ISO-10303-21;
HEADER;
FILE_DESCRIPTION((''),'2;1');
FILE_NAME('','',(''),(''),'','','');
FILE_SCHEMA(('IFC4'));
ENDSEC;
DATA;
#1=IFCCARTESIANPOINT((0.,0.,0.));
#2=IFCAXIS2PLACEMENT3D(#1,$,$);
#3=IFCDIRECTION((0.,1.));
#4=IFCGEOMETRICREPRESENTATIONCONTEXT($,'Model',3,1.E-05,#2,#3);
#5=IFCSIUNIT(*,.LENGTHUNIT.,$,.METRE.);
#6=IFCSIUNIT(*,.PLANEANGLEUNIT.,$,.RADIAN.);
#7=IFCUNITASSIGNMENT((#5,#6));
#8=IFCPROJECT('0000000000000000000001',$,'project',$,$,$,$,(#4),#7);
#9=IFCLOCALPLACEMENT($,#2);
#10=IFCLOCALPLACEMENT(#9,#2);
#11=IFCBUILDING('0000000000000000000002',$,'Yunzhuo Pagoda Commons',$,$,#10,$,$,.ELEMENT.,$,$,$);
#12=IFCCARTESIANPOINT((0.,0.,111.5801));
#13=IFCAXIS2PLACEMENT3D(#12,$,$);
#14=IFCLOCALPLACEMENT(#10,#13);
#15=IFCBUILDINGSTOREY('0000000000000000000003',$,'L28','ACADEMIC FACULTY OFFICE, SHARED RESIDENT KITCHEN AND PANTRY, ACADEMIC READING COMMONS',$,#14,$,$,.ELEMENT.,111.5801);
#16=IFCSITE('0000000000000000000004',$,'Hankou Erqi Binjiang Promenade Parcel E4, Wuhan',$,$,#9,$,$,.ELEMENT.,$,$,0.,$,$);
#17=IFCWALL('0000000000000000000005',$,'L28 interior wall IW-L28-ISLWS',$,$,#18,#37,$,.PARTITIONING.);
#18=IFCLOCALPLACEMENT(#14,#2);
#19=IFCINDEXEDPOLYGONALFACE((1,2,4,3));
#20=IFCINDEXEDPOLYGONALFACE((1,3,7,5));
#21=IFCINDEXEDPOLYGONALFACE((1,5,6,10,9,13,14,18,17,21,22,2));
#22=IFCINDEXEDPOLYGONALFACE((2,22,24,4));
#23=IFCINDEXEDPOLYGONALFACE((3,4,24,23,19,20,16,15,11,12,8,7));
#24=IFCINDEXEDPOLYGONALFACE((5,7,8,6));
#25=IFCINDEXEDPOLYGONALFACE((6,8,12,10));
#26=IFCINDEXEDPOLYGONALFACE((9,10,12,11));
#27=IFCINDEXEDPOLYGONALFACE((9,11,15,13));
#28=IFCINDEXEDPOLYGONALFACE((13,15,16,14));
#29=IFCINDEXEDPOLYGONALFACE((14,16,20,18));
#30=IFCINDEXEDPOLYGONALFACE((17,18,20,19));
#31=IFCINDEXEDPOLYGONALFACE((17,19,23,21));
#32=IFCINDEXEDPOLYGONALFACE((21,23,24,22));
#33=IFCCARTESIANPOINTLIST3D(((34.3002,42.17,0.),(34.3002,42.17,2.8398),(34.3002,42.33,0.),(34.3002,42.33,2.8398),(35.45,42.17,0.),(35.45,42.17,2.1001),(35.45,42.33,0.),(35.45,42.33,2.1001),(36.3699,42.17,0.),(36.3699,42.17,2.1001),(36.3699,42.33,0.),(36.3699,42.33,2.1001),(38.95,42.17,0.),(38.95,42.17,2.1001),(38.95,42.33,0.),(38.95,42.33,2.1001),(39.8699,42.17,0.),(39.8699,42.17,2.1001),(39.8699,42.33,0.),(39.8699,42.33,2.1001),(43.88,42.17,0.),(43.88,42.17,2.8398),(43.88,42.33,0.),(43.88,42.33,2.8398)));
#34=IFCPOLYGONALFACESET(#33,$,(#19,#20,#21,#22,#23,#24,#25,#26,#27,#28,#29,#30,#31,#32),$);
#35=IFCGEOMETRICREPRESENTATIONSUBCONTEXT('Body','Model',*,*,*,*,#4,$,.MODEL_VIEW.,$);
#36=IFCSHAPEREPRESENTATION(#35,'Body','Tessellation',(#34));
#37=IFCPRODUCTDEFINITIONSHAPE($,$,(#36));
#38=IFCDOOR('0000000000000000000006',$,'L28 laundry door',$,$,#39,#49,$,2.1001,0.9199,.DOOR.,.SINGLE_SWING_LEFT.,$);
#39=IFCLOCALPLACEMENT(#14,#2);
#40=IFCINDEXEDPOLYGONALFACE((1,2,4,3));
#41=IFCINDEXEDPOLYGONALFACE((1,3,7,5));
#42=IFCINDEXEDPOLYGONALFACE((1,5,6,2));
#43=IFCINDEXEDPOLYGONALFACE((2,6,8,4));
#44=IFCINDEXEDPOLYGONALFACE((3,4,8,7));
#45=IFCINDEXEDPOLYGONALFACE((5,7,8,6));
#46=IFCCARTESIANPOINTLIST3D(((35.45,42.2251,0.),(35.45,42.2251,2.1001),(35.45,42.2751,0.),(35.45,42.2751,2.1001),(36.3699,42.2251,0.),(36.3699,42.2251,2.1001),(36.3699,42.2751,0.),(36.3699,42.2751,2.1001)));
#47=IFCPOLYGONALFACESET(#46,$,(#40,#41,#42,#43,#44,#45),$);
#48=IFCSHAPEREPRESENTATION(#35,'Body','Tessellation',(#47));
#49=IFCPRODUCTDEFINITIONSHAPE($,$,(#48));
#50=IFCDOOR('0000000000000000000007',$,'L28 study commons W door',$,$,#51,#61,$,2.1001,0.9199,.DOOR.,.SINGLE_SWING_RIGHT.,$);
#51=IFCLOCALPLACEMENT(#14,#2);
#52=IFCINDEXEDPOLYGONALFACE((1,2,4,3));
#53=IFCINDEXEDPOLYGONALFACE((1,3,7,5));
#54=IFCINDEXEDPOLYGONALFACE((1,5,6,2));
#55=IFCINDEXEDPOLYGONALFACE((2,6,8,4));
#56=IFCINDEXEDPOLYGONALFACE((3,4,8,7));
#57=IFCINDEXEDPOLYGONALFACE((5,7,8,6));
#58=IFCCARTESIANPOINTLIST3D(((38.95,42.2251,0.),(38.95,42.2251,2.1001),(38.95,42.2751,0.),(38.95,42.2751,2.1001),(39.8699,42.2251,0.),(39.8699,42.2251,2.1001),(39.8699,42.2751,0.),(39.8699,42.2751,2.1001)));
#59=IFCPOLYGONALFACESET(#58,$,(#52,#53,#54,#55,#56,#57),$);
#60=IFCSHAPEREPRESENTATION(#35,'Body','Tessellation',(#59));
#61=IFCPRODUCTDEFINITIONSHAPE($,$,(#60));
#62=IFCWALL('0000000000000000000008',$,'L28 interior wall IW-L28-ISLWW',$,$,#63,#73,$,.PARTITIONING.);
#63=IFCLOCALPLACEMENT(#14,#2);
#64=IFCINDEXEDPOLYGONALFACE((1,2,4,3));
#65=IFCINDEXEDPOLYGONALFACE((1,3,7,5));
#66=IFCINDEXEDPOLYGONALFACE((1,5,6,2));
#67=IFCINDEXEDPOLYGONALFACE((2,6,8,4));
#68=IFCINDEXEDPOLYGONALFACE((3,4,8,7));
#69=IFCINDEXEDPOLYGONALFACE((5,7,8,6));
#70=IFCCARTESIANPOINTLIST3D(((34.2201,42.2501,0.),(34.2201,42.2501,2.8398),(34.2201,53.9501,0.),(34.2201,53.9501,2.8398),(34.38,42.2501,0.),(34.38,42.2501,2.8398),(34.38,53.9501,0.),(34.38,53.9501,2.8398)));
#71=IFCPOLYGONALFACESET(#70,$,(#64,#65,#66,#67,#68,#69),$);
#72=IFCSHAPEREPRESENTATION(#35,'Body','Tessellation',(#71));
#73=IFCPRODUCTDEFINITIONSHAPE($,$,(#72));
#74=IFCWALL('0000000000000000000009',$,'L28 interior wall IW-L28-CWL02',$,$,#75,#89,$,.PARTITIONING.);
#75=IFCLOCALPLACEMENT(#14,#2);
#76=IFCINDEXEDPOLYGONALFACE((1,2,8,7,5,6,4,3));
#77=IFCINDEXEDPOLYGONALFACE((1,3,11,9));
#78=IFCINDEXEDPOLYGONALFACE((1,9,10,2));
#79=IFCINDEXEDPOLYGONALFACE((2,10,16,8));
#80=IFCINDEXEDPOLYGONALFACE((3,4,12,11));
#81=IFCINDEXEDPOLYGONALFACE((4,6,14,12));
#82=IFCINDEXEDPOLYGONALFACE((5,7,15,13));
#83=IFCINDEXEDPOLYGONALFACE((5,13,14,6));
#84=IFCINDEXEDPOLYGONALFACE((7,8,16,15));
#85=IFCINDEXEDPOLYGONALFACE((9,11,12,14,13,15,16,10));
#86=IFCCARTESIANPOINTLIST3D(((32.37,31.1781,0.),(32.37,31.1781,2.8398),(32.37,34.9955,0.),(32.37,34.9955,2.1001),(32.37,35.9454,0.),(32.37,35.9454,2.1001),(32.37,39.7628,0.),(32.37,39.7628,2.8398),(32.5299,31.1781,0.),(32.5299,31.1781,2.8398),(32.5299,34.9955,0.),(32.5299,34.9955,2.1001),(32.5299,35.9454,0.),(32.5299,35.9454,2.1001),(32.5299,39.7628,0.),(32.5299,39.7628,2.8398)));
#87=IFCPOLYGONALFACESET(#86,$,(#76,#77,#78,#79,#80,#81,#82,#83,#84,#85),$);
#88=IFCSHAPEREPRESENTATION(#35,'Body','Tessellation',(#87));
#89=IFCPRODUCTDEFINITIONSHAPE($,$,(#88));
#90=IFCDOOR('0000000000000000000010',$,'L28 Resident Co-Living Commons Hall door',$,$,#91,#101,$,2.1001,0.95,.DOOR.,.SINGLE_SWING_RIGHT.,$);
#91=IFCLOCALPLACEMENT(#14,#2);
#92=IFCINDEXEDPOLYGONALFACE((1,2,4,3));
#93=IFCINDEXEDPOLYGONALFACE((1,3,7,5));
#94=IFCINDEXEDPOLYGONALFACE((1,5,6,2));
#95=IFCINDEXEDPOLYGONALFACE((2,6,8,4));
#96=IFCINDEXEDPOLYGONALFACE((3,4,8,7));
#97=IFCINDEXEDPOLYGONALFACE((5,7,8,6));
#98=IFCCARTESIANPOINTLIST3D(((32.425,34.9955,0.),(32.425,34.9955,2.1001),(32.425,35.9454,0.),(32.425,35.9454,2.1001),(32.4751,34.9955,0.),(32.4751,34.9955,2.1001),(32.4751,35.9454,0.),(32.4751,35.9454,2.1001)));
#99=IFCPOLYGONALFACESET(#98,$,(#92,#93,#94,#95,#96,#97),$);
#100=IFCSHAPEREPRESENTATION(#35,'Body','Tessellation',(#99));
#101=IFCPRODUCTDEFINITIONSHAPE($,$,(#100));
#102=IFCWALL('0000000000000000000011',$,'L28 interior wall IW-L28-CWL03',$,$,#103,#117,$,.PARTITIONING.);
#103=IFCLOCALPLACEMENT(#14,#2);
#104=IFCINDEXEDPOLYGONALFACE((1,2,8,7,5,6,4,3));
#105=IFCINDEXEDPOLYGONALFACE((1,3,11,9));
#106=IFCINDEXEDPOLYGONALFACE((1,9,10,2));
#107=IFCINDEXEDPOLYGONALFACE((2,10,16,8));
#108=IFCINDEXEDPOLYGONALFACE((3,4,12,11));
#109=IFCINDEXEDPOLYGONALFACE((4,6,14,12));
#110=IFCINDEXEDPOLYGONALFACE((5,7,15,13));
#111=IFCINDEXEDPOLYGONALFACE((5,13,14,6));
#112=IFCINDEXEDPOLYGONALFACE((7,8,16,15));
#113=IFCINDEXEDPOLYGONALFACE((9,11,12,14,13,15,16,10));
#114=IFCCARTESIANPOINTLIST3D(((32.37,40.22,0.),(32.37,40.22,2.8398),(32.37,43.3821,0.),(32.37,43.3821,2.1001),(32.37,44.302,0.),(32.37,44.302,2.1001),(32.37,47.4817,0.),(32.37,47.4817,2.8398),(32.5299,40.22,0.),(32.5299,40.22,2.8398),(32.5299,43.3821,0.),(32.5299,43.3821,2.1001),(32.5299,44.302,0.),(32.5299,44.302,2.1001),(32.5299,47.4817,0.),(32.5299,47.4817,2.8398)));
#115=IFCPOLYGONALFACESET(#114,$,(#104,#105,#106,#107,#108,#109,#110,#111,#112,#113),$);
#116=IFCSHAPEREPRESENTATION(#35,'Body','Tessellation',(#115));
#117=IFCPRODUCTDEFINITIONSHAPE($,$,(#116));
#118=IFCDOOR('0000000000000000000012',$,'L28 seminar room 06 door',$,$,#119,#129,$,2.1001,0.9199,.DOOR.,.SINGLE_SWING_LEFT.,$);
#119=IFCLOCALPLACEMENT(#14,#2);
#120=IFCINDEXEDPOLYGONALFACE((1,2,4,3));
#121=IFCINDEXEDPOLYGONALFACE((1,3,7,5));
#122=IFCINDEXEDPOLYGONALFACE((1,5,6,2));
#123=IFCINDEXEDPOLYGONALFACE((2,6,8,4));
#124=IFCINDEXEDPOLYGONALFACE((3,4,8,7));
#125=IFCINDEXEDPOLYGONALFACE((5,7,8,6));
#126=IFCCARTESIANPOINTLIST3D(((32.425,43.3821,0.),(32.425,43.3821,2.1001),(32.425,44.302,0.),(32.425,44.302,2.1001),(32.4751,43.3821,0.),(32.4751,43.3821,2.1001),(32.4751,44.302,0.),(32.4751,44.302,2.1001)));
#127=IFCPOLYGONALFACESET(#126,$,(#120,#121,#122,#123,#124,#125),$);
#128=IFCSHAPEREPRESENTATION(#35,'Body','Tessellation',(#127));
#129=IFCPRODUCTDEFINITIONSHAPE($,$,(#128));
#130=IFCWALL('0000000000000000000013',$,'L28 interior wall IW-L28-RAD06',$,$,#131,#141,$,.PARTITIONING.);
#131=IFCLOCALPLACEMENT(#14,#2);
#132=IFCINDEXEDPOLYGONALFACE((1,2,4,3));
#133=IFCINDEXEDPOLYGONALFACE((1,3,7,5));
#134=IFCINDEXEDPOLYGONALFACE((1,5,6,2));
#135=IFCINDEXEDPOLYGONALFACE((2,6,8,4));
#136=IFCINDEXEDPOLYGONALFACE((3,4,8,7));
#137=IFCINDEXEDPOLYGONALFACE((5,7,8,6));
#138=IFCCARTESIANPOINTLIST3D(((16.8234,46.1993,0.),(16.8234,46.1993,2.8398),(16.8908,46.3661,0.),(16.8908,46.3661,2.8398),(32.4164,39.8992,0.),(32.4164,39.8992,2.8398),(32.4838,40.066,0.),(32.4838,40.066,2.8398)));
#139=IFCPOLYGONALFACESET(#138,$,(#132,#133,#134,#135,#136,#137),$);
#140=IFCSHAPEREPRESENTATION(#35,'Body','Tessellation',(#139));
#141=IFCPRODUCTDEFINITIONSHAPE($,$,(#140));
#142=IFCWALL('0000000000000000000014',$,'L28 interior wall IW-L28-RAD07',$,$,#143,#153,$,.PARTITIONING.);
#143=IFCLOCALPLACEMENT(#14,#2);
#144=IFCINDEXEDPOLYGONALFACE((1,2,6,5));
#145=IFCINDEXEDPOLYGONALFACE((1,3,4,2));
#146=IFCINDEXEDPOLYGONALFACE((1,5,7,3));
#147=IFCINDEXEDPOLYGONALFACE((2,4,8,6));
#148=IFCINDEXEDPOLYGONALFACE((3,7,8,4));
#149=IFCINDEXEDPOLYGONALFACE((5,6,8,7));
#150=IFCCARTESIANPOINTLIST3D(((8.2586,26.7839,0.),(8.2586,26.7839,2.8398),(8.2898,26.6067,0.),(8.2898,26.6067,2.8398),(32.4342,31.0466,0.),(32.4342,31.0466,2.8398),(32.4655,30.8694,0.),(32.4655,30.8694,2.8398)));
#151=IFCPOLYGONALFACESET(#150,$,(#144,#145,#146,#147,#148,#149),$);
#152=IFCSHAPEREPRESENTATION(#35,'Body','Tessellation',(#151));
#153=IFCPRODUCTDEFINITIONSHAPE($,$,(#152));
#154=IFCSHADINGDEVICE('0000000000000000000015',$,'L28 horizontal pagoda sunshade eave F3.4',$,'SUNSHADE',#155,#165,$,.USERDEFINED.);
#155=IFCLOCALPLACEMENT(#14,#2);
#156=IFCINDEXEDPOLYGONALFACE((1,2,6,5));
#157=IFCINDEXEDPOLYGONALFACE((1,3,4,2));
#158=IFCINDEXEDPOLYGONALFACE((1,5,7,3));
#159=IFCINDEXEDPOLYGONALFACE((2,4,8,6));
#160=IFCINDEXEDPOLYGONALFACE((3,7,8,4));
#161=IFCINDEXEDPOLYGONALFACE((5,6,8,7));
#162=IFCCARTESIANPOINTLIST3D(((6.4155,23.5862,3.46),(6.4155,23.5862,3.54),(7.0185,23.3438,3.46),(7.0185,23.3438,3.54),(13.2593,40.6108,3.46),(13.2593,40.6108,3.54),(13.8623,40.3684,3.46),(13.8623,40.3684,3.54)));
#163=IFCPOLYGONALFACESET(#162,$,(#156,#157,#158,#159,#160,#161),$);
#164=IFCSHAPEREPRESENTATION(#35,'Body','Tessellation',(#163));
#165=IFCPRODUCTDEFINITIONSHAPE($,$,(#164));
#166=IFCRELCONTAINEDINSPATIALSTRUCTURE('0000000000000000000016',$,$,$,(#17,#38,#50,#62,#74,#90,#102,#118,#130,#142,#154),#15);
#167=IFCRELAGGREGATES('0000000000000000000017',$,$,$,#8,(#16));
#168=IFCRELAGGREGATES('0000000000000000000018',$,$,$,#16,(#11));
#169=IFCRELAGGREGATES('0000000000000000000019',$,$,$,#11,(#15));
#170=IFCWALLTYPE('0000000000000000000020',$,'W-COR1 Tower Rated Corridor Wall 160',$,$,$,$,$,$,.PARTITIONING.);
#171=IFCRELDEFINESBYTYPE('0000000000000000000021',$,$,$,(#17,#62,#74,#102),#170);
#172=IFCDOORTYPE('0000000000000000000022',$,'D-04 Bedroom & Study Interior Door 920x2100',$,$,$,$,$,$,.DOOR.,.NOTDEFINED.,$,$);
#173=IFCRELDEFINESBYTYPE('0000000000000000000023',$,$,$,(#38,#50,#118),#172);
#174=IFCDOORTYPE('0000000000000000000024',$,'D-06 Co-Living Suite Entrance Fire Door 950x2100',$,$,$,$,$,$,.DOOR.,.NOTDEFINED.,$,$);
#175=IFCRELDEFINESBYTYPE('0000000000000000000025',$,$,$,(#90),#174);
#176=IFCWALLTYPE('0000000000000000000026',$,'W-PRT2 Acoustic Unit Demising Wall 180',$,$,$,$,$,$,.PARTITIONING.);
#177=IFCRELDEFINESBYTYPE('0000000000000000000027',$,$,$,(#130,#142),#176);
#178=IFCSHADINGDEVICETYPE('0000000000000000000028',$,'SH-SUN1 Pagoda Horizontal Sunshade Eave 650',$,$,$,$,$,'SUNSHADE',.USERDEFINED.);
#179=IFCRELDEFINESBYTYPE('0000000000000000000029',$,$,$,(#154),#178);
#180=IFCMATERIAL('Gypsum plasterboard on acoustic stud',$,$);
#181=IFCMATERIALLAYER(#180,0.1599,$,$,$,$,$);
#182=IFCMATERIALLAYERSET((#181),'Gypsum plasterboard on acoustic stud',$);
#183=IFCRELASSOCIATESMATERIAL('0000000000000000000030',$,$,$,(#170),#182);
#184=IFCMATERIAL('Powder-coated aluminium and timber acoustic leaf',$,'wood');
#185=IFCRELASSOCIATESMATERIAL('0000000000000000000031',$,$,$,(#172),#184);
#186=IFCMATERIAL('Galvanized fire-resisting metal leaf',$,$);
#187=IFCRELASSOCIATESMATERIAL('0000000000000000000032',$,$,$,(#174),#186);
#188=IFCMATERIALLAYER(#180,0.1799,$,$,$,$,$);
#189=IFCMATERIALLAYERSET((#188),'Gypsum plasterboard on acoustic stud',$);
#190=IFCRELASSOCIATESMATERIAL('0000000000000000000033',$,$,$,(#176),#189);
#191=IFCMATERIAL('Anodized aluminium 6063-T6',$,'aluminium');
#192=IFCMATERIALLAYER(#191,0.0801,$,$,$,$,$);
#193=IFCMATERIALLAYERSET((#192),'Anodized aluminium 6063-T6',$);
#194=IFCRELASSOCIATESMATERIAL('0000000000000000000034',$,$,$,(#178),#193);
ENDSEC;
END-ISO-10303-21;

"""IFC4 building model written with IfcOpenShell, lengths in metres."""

from ifc_helpers import new_model, si_unit, direction, frame, frame_2d, origin, origin_with_axes, origin_2d, place, context, subcontext, project, spatial, rectangle, extrude, source, transform, mapped, material, layer, layer_set, type_object, element, fill, save


model = new_model("IFC4")

# Units and contexts
model_context = context("Model", 3, precision=1e-05, world=origin(), true_north=direction((0.0, 1.0)))
body_context = subcontext(model_context, "Body", "Model", "MODEL_VIEW")
ifc_project = project(units=[si_unit("LENGTHUNIT", "METRE"), si_unit("PLANEANGLEUNIT", "RADIAN")], contexts=[model_context])

# Site, building, storey
site_placement = place(None, origin())
site = spatial("IfcSite", under=ifc_project, at=site_placement, Name="Hankou Erqi Binjiang Promenade Parcel E4, Wuhan", CompositionType="ELEMENT", RefElevation=0.0)
building_placement = place(site_placement, origin())
building = spatial("IfcBuilding", under=site, at=building_placement, Name="Yunzhuo Pagoda Commons", CompositionType="ELEMENT")
storey_placement = place(building_placement, frame((0.0, 0.0, 111.5801)))
storey = spatial("IfcBuildingStorey", under=building, at=storey_placement, Name="L28", Description="ACADEMIC FACULTY OFFICE, SHARED RESIDENT KITCHEN AND PANTRY, ACADEMIC READING COMMONS", CompositionType="ELEMENT", Elevation=111.5801)

# Shared definitions
ifc_material_1 = material(Name="Anodized aluminium 6063-T6", Category="aluminium")

# Wall, openings, doors
ifc_material_2 = material(Name="Gypsum plasterboard on acoustic stud")
ifc_layer_1 = layer(ifc_material_2, 0.1599)
ifc_layer_set_1 = layer_set([ifc_layer_1], Name="Gypsum plasterboard on acoustic stud")
wall_type_1 = type_object("IfcWallType", Name="W-COR1 Tower Rated Corridor Wall 160", PredefinedType="PARTITIONING", material=ifc_layer_set_1)
wall_1_placement = place(storey_placement, frame((34.3, 42.25, 0.0), z_axis=(0.0, 0.0, 1.0), x_axis=(1.0, 0.0, 0.0)))
wall_1 = element("IfcWall", 1, at=wall_1_placement, inside=storey, type_object=wall_type_1, Name="L28 interior wall IW-L28-ISLWS", PredefinedType="PARTITIONING", context=body_context, shape_type="SweptSolid", body=[
    extrude(rectangle(XDim=9.5798, YDim=0.1599, at=frame_2d((4.79, 0.0))), origin(), (0.0, 0.0, 1.0), 2.8398),
])
opening_1_placement = place(wall_1_placement, frame((1.1499, 0.0, 0.0)))
opening_1 = element("IfcOpeningElement", 2, at=opening_1_placement, cuts=wall_1, PredefinedType="OPENING", context=body_context, shape_type="SweptSolid", body=[
    extrude(rectangle(XDim=0.9199, YDim=2.1001, at=frame_2d((0.46, 1.05))), frame((0.0, 0.0898, 0.0), z_axis=(0.0, -1.0, 0.0), x_axis=(1.0, 0.0, 0.0)), (0.0, 0.0, 1.0), 0.1799),
])
opening_2_placement = place(wall_1_placement, frame((4.6499, 0.0, 0.0)))
opening_2 = element("IfcOpeningElement", 3, at=opening_2_placement, cuts=wall_1, PredefinedType="OPENING", context=body_context, shape_type="SweptSolid", body=[
    extrude(rectangle(XDim=0.9199, YDim=2.1001, at=frame_2d((0.46, 1.05))), frame((0.0, 0.0898, 0.0), z_axis=(0.0, -1.0, 0.0), x_axis=(1.0, 0.0, 0.0)), (0.0, 0.0, 1.0), 0.1799),
])
ifc_material_3 = material(Name="Powder-coated aluminium and timber acoustic leaf", Category="wood")
door_type_1 = type_object("IfcDoorType", Name="D-04 Bedroom & Study Interior Door 920x2100", OperationType="NOTDEFINED", PredefinedType="DOOR", material=ifc_material_3)
shared_shape_1 = source(origin(), body_context, "Body", "SweptSolid", [
    extrude(rectangle(XDim=0.9199, YDim=2.1001, at=frame_2d((0.46, 1.05))), frame((0.0, 0.0249, 0.0), z_axis=(0.0, -1.0, 0.0), x_axis=(1.0, 0.0, 0.0)), (0.0, 0.0, 1.0), 0.05),
])
door_1_placement = place(opening_1_placement, frame((0.9199, 0.0, 0.0), z_axis=(0.0, 0.0, 1.0), x_axis=(-1.0, 0.0, 0.0)))
door_1 = element("IfcDoor", 4, at=door_1_placement, inside=storey, type_object=door_type_1, Name="L28 laundry door", OperationType="SINGLE_SWING_LEFT", OverallHeight=2.1001, OverallWidth=0.9199, PredefinedType="DOOR", context=body_context, shape_type="MappedRepresentation", body=[
    mapped(shared_shape_1, transform((0.0, 0.0, 0.0), scale=1.0)),
])
fill(opening_1, door_1)
door_2_placement = place(opening_2_placement, frame((0.9199, 0.0, 0.0), z_axis=(0.0, 0.0, 1.0), x_axis=(-1.0, 0.0, 0.0)))
door_2 = element("IfcDoor", 5, at=door_2_placement, inside=storey, type_object=door_type_1, Name="L28 study commons W door", OperationType="SINGLE_SWING_RIGHT", OverallHeight=2.1001, OverallWidth=0.9199, PredefinedType="DOOR", context=body_context, shape_type="MappedRepresentation", body=[
    mapped(shared_shape_1, transform((0.0, 0.0, 0.0), scale=1.0)),
])
fill(opening_2, door_2)

# Wall
wall_2_placement = place(storey_placement, frame((34.3, 42.25, 0.0), z_axis=(0.0, 0.0, 1.0), x_axis=(0.0, 1.0, 0.0)))
element("IfcWall", 6, at=wall_2_placement, inside=storey, type_object=wall_type_1, Name="L28 interior wall IW-L28-ISLWW", PredefinedType="PARTITIONING", context=body_context, shape_type="SweptSolid", body=[
    extrude(rectangle(XDim=11.7, YDim=0.1599, at=frame_2d((5.8501, 0.0))), origin(), (0.0, 0.0, 1.0), 2.8398),
])

# Walls, openings, doors
wall_3_placement = place(storey_placement, frame((32.45, 31.178, 0.0), z_axis=(0.0, 0.0, 1.0), x_axis=(0.0, 1.0, 0.0)))
wall_3 = element("IfcWall", 7, at=wall_3_placement, inside=storey, type_object=wall_type_1, Name="L28 interior wall IW-L28-CWL02", PredefinedType="PARTITIONING", context=body_context, shape_type="SweptSolid", body=[
    extrude(rectangle(XDim=8.5847, YDim=0.1599, at=frame_2d((4.2925, 0.0))), origin(), (0.0, 0.0, 1.0), 2.8398),
])
opening_3_placement = place(wall_3_placement, frame((3.8174, 0.0, 0.0)))
opening_3 = element("IfcOpeningElement", 8, at=opening_3_placement, cuts=wall_3, PredefinedType="OPENING", context=body_context, shape_type="SweptSolid", body=[
    extrude(rectangle(XDim=0.95, YDim=2.1001, at=frame_2d((0.4751, 1.05))), frame((0.0, 0.0898, 0.0), z_axis=(0.0, -1.0, 0.0), x_axis=(1.0, 0.0, 0.0)), (0.0, 0.0, 1.0), 0.1799),
])
ifc_material_4 = material(Name="Galvanized fire-resisting metal leaf")
door_type_2 = type_object("IfcDoorType", Name="D-06 Co-Living Suite Entrance Fire Door 950x2100", OperationType="NOTDEFINED", PredefinedType="DOOR", material=ifc_material_4)
shared_shape_2 = source(origin(), body_context, "Body", "SweptSolid", [
    extrude(rectangle(XDim=0.95, YDim=2.1001, at=frame_2d((0.4751, 1.05))), frame((0.0, 0.0249, 0.0), z_axis=(0.0, -1.0, 0.0), x_axis=(1.0, 0.0, 0.0)), (0.0, 0.0, 1.0), 0.05),
])
door_3_placement = place(opening_3_placement, origin_with_axes())
door_3 = element("IfcDoor", 9, at=door_3_placement, inside=storey, type_object=door_type_2, Name="L28 Resident Co-Living Commons Hall door", OperationType="SINGLE_SWING_RIGHT", OverallHeight=2.1001, OverallWidth=0.95, PredefinedType="DOOR", context=body_context, shape_type="MappedRepresentation", body=[
    mapped(shared_shape_2, transform((0.0, 0.0, 0.0), scale=1.0)),
])
fill(opening_3, door_3)
wall_4_placement = place(storey_placement, frame((32.45, 40.22, 0.0), z_axis=(0.0, 0.0, 1.0), x_axis=(0.0, 1.0, 0.0)))
wall_4 = element("IfcWall", 10, at=wall_4_placement, inside=storey, type_object=wall_type_1, Name="L28 interior wall IW-L28-CWL03", PredefinedType="PARTITIONING", context=body_context, shape_type="SweptSolid", body=[
    extrude(rectangle(XDim=7.2617, YDim=0.1599, at=frame_2d((3.6309, 0.0))), origin(), (0.0, 0.0, 1.0), 2.8398),
])
opening_4_placement = place(wall_4_placement, frame((3.1621, 0.0, 0.0)))
opening_4 = element("IfcOpeningElement", 11, at=opening_4_placement, cuts=wall_4, PredefinedType="OPENING", context=body_context, shape_type="SweptSolid", body=[
    extrude(rectangle(XDim=0.9199, YDim=2.1001, at=frame_2d((0.46, 1.05))), frame((0.0, 0.0898, 0.0), z_axis=(0.0, -1.0, 0.0), x_axis=(1.0, 0.0, 0.0)), (0.0, 0.0, 1.0), 0.1799),
])
door_4_placement = place(opening_4_placement, origin_with_axes())
door_4 = element("IfcDoor", 12, at=door_4_placement, inside=storey, type_object=door_type_1, Name="L28 seminar room 06 door", OperationType="SINGLE_SWING_LEFT", OverallHeight=2.1001, OverallWidth=0.9199, PredefinedType="DOOR", context=body_context, shape_type="MappedRepresentation", body=[
    mapped(shared_shape_1, transform((0.0, 0.0, 0.0), scale=1.0)),
])
fill(opening_4, door_4)

# Walls
ifc_layer_2 = layer(ifc_material_2, 0.1799)
ifc_layer_set_2 = layer_set([ifc_layer_2], Name="Gypsum plasterboard on acoustic stud")
wall_type_2 = type_object("IfcWallType", Name="W-PRT2 Acoustic Unit Demising Wall 180", PredefinedType="PARTITIONING", material=ifc_layer_set_2)
wall_5_placement = place(storey_placement, frame((32.45, 39.9827, 0.0), z_axis=(0.0, 0.0, 1.0), x_axis=(-0.927183, 0.37461, 0.0)))
element("IfcWall", 13, at=wall_5_placement, inside=storey, type_object=wall_type_2, Name="L28 interior wall IW-L28-RAD06", PredefinedType="PARTITIONING", context=body_context, shape_type="SweptSolid", body=[
    extrude(rectangle(XDim=16.8176, YDim=0.1799, at=frame_2d((8.4087, 0.0))), origin(), (0.0, 0.0, 1.0), 2.8398),
])
wall_6_placement = place(storey_placement, frame((32.45, 30.958, 0.0), z_axis=(0.0, 0.0, 1.0), x_axis=(-0.984808, -0.173644, 0.0)))
element("IfcWall", 14, at=wall_6_placement, inside=storey, type_object=wall_type_2, Name="L28 interior wall IW-L28-RAD07", PredefinedType="PARTITIONING", context=body_context, shape_type="SweptSolid", body=[
    extrude(rectangle(XDim=24.5486, YDim=0.1799, at=frame_2d((12.2744, 0.0))), origin(), (0.0, 0.0, 1.0), 2.8398),
])

# Shading device
ifc_layer_3 = layer(ifc_material_1, 0.0801)
ifc_layer_set_3 = layer_set([ifc_layer_3], Name="Anodized aluminium 6063-T6")
shading_device_type = type_object("IfcShadingDeviceType", Name="SH-SUN1 Pagoda Horizontal Sunshade Eave 650", ElementType="SUNSHADE", PredefinedType="USERDEFINED", material=ifc_layer_set_3)
shared_shape_3 = source(origin(), body_context, "Body", "SweptSolid", [
    extrude(rectangle(XDim=18.3486, YDim=0.6499, at=origin_2d()), origin(), (0.0, 0.0, 1.0), 0.0801),
])
shading_device_placement = place(storey_placement, frame((10.1389, 31.9773, 3.46), z_axis=(0.0, 0.0, 1.0), x_axis=(-0.372988, -0.927836, 0.0)))
element("IfcShadingDevice", 15, at=shading_device_placement, inside=storey, type_object=shading_device_type, Name="L28 horizontal pagoda sunshade eave F3.4", ObjectType="SUNSHADE", PredefinedType="USERDEFINED", context=body_context, shape_type="MappedRepresentation", body=[
    mapped(shared_shape_3, transform((0.0, 0.0, 0.0), scale=1.0)),
])

save(model, "model.ifc")
